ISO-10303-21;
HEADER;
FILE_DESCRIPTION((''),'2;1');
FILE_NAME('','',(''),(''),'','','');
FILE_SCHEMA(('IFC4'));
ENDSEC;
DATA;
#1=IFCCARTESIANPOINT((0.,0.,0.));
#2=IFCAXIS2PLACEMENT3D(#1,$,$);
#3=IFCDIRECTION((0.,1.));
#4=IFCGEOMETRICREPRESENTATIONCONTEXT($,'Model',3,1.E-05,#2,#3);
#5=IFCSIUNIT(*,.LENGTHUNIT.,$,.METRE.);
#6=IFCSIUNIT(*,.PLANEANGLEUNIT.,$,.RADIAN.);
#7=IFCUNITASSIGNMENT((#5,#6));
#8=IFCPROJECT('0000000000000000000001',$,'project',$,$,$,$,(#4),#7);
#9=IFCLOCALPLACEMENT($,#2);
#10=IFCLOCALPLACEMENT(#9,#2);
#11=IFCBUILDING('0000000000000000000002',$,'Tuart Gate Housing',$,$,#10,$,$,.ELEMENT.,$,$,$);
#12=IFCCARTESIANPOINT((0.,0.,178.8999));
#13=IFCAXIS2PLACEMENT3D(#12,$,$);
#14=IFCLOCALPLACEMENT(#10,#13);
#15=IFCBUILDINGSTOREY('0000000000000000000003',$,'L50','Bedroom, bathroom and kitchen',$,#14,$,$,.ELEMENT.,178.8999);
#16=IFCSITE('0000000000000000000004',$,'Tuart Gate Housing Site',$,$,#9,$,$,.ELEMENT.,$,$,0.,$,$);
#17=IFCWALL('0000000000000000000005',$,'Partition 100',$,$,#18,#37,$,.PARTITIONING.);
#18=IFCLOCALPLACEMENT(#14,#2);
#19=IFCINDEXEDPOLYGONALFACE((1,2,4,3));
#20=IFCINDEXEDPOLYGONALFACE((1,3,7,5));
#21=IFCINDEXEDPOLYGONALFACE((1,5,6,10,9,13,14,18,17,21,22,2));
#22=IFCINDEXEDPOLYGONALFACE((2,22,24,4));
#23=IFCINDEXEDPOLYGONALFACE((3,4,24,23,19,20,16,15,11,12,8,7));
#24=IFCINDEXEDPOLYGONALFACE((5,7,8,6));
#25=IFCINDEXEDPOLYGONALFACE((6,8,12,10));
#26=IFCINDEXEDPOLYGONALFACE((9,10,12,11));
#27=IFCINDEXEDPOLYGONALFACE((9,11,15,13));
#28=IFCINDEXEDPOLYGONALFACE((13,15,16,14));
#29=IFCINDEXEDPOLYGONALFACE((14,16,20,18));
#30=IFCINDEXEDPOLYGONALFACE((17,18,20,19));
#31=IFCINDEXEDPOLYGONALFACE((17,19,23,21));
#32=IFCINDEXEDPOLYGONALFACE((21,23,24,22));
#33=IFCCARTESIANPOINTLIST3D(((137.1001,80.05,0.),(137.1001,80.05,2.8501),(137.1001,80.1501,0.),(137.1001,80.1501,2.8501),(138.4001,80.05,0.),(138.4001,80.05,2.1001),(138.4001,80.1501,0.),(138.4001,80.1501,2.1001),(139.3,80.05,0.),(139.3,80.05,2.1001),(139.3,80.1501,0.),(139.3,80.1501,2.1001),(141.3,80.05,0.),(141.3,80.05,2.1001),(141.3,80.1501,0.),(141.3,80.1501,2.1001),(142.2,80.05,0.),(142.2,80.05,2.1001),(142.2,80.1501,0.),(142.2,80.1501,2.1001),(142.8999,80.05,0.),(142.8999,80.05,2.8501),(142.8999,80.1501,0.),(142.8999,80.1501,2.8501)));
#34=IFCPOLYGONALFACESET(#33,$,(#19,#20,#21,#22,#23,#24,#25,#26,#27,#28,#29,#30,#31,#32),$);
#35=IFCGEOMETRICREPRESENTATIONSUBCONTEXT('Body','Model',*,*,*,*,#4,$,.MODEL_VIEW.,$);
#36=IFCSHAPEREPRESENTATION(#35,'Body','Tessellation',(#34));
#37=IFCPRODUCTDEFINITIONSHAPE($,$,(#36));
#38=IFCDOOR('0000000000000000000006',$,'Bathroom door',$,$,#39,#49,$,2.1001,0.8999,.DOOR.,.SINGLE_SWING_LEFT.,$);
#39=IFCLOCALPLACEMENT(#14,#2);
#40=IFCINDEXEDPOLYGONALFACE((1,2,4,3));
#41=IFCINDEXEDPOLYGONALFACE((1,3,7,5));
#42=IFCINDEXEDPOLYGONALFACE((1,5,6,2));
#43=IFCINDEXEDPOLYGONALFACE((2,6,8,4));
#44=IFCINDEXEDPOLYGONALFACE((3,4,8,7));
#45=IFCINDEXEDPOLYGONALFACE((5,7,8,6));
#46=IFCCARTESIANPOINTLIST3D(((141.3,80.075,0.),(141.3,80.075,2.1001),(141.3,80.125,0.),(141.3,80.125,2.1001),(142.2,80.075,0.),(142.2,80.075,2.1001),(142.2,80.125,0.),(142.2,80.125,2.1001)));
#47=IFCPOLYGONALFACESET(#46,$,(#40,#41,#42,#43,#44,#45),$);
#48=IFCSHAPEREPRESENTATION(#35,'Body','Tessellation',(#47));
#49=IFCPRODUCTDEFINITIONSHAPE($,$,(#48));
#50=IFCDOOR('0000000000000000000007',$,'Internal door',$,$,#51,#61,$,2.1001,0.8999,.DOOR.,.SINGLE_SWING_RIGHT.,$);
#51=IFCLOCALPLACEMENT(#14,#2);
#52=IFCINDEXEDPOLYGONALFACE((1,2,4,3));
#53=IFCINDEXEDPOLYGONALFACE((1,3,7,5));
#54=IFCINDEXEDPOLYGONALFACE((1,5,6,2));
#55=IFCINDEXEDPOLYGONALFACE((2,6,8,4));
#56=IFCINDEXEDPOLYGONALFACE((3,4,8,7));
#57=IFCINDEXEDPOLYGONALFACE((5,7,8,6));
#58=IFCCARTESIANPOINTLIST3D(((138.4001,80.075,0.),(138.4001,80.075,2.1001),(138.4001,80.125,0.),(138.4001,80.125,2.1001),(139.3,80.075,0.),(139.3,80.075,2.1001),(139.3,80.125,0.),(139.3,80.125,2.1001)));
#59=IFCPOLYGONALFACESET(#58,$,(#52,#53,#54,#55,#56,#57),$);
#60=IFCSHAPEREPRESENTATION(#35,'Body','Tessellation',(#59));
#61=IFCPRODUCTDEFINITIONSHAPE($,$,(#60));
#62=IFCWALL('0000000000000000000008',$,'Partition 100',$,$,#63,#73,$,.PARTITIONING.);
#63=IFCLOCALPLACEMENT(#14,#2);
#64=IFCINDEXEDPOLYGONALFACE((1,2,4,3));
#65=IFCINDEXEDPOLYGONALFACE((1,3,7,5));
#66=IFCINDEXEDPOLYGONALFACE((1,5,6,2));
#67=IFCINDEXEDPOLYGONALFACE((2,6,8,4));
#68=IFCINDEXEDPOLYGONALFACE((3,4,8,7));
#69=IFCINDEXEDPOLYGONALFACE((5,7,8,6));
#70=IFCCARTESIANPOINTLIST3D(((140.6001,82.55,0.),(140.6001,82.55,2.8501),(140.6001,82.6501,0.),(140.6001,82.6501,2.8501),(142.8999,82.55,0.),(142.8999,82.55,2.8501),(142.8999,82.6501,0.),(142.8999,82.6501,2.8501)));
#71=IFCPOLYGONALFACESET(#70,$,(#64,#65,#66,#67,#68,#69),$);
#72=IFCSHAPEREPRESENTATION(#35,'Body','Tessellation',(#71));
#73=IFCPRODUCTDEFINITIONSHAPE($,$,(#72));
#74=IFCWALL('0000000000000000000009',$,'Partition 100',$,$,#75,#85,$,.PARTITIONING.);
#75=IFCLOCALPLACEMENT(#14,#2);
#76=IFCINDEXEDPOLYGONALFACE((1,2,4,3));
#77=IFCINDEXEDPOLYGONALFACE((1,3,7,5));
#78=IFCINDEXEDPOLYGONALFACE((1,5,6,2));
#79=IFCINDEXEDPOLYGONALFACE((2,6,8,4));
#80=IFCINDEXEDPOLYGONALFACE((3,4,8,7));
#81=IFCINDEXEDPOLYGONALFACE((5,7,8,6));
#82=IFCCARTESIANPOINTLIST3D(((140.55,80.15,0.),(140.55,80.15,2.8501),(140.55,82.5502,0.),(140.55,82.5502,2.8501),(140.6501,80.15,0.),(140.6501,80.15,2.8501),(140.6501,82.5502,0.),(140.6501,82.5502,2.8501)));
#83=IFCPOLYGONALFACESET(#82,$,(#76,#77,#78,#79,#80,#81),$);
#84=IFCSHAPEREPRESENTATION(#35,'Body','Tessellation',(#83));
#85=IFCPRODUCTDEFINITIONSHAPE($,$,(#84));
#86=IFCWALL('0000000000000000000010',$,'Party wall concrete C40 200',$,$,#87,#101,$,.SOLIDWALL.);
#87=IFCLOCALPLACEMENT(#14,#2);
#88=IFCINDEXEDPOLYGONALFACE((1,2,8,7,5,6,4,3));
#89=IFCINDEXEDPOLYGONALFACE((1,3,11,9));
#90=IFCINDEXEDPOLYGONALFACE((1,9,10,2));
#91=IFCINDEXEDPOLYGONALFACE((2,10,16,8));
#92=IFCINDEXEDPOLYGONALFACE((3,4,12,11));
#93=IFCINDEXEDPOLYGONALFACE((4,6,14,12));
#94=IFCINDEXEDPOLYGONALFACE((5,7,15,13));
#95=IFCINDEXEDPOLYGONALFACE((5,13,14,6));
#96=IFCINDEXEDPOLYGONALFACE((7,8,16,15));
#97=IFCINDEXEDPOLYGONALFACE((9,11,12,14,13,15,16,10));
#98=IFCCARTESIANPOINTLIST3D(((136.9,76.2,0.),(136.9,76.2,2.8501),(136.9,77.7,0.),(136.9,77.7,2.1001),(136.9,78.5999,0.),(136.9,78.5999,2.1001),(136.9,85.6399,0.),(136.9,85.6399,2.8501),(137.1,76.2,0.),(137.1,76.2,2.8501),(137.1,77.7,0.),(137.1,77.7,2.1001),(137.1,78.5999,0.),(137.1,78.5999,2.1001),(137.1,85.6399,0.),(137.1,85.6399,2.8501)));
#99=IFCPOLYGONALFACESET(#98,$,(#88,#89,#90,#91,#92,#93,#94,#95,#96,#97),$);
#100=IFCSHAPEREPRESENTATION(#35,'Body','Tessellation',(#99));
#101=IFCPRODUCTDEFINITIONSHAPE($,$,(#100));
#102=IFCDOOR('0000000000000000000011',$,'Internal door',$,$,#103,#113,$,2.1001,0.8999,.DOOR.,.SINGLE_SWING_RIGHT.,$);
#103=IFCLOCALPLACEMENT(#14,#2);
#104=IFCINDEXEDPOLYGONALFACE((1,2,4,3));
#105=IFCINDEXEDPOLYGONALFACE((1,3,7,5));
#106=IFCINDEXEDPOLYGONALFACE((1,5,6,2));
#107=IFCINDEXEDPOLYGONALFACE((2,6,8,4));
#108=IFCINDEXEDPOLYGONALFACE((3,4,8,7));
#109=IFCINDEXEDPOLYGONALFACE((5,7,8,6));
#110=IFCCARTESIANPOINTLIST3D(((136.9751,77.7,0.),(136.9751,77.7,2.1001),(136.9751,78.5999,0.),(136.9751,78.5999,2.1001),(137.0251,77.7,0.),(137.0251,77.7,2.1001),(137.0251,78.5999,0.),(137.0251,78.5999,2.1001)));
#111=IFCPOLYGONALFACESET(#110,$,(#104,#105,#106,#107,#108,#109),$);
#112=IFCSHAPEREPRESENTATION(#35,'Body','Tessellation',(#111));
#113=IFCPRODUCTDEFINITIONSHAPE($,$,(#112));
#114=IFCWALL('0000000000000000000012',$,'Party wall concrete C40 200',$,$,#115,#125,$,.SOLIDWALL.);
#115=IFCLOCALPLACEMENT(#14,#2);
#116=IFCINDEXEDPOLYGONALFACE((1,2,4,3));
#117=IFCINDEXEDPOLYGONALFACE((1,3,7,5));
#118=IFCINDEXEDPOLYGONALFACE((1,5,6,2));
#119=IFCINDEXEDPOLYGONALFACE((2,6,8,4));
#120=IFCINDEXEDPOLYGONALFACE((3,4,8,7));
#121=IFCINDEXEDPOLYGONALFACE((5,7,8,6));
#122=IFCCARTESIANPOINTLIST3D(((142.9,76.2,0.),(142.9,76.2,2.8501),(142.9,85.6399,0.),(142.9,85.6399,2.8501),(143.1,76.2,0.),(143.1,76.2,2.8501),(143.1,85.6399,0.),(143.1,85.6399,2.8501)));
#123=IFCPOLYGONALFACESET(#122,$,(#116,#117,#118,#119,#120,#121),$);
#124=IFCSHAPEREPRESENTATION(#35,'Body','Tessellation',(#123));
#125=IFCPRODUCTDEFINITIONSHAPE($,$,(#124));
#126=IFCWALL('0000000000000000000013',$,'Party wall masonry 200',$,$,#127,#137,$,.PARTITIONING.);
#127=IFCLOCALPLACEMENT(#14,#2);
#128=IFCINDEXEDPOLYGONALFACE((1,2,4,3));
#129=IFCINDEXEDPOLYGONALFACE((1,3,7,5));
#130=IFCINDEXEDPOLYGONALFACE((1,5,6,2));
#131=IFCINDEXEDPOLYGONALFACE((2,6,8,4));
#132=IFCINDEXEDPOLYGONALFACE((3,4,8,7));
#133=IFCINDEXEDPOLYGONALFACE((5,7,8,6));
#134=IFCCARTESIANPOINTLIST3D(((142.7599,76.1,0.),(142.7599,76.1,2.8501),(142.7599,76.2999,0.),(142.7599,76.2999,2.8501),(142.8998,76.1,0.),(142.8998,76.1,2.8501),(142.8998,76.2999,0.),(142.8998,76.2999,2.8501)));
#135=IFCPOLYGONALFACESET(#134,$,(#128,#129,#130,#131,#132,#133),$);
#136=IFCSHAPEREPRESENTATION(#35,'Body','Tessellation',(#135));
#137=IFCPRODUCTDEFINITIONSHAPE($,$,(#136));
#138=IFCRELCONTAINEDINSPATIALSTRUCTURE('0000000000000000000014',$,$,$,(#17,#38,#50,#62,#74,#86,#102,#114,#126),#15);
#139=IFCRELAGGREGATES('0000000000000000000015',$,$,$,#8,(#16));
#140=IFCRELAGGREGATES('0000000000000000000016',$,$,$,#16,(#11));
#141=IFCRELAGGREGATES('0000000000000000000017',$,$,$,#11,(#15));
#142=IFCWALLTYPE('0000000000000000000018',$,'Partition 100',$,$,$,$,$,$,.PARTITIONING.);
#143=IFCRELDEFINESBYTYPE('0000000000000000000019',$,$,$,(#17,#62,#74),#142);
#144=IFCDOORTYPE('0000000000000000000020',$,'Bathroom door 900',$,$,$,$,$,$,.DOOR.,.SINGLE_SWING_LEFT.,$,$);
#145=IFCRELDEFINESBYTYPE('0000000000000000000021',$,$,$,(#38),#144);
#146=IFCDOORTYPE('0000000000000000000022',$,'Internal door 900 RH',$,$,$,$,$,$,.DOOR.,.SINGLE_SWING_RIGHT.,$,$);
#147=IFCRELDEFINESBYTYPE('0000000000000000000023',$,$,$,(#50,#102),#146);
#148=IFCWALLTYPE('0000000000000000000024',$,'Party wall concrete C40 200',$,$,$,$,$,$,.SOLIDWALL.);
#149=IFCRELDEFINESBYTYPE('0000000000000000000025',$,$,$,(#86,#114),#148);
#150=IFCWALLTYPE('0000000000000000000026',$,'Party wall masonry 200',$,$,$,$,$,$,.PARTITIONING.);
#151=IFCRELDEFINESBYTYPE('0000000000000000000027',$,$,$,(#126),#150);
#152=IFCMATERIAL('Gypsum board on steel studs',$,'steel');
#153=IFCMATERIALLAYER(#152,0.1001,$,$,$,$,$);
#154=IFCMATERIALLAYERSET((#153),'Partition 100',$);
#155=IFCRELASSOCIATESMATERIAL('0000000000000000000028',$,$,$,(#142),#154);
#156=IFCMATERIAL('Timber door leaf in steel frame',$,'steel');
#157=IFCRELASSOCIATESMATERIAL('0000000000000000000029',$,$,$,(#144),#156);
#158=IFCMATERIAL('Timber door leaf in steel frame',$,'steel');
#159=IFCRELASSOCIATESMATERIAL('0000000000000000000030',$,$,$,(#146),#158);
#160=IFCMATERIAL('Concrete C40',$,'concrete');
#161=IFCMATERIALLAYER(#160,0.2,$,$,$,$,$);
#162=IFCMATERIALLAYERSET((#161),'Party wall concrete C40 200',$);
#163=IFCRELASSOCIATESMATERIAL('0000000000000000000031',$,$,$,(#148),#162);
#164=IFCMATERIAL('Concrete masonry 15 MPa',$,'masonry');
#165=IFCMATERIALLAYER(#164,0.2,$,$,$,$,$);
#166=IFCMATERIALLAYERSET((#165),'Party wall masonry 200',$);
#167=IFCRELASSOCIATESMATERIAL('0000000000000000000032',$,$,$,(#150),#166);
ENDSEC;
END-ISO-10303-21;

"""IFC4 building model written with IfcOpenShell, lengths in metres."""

from ifc_helpers import new_model, si_unit, direction, frame, frame_2d, origin, place, context, subcontext, project, spatial, rectangle, extrude, material, layer, layer_set, type_object, element, fill, save


model = new_model("IFC4")

# Units and contexts
model_context = context("Model", 3, precision=1e-05, world=origin(), true_north=direction((0.0, 1.0)))
body_context = subcontext(model_context, "Body", "Model", "MODEL_VIEW")
ifc_project = project(units=[si_unit("LENGTHUNIT", "METRE"), si_unit("PLANEANGLEUNIT", "RADIAN")], contexts=[model_context])

# Site, building, storey
site_placement = place(None, origin())
site = spatial("IfcSite", under=ifc_project, at=site_placement, Name="Tuart Gate Housing Site", CompositionType="ELEMENT", RefElevation=0.0)
building_placement = place(site_placement, origin())
building = spatial("IfcBuilding", under=site, at=building_placement, Name="Tuart Gate Housing", CompositionType="ELEMENT")
storey_placement = place(building_placement, frame((0.0, 0.0, 178.8999)))
storey = spatial("IfcBuildingStorey", under=building, at=storey_placement, Name="L50", Description="Bedroom, bathroom and kitchen", CompositionType="ELEMENT", Elevation=178.8999)

# Shared definitions
ifc_material_1 = material(Name="Gypsum board on steel studs", Category="steel")
ifc_layer_1 = layer(ifc_material_1, 0.1001)
ifc_layer_set_1 = layer_set([ifc_layer_1], Name="Partition 100")
wall_type_1 = type_object("IfcWallType", Name="Partition 100", PredefinedType="PARTITIONING", material=ifc_layer_set_1)

# Wall, openings, doors
wall_1_placement = place(storey_placement, frame((137.1001, 80.1001, 0.0), z_axis=(0.0, 0.0, 1.0), x_axis=(1.0, 0.0, 0.0)))
wall_1 = element("IfcWall", 1, at=wall_1_placement, inside=storey, type_object=wall_type_1, Name="Partition 100", PredefinedType="PARTITIONING", context=body_context, shape_type="SweptSolid", body=[
    extrude(rectangle(XDim=5.7998, YDim=0.1001, at=frame_2d((2.8999, 0.0))), origin(), (0.0, 0.0, 1.0), 2.8501),
])
opening_1_placement = place(wall_1_placement, frame((1.3, 0.0, 0.0)))
opening_1 = element("IfcOpeningElement", 2, at=opening_1_placement, cuts=wall_1, PredefinedType="OPENING", context=body_context, shape_type="SweptSolid", body=[
    extrude(rectangle(XDim=0.8999, YDim=2.1001, at=frame_2d((0.45, 1.05))), frame((0.0, 0.0601, 0.0), z_axis=(0.0, -1.0, 0.0), x_axis=(1.0, 0.0, 0.0)), (0.0, 0.0, 1.0), 0.1201),
])
opening_2_placement = place(wall_1_placement, frame((4.2, 0.0, 0.0)))
opening_2 = element("IfcOpeningElement", 3, at=opening_2_placement, cuts=wall_1, PredefinedType="OPENING", context=body_context, shape_type="SweptSolid", body=[
    extrude(rectangle(XDim=0.8999, YDim=2.1001, at=frame_2d((0.45, 1.05))), frame((0.0, 0.0601, 0.0), z_axis=(0.0, -1.0, 0.0), x_axis=(1.0, 0.0, 0.0)), (0.0, 0.0, 1.0), 0.1201),
])
ifc_material_2 = material(Name="Timber door leaf in steel frame", Category="steel")
door_type_1 = type_object("IfcDoorType", Name="Bathroom door 900", OperationType="SINGLE_SWING_LEFT", PredefinedType="DOOR", material=ifc_material_2)
door_1_placement = place(opening_2_placement, origin())
door_1 = element("IfcDoor", 4, at=door_1_placement, inside=storey, type_object=door_type_1, Name="Bathroom door", OperationType="SINGLE_SWING_LEFT", OverallHeight=2.1001, OverallWidth=0.8999, PredefinedType="DOOR", context=body_context, shape_type="SweptSolid", body=[
    extrude(rectangle(XDim=0.8999, YDim=2.1001, at=frame_2d((0.45, 1.05))), frame((0.0, 0.0249, 0.0), z_axis=(0.0, -1.0, 0.0), x_axis=(1.0, 0.0, 0.0)), (0.0, 0.0, 1.0), 0.05),
])
fill(opening_2, door_1)
ifc_material_3 = material(Name="Timber door leaf in steel frame", Category="steel")
door_type_2 = type_object("IfcDoorType", Name="Internal door 900 RH", OperationType="SINGLE_SWING_RIGHT", PredefinedType="DOOR", material=ifc_material_3)
door_2_placement = place(opening_1_placement, origin())
door_2 = element("IfcDoor", 5, at=door_2_placement, inside=storey, type_object=door_type_2, Name="Internal door", OperationType="SINGLE_SWING_RIGHT", OverallHeight=2.1001, OverallWidth=0.8999, PredefinedType="DOOR", context=body_context, shape_type="SweptSolid", body=[
    extrude(rectangle(XDim=0.8999, YDim=2.1001, at=frame_2d((0.45, 1.05))), frame((0.0, 0.0249, 0.0), z_axis=(0.0, -1.0, 0.0), x_axis=(1.0, 0.0, 0.0)), (0.0, 0.0, 1.0), 0.05),
])
fill(opening_1, door_2)

# Walls
wall_2_placement = place(storey_placement, frame((140.6001, 82.6001, 0.0), z_axis=(0.0, 0.0, 1.0), x_axis=(1.0, 0.0, 0.0)))
element("IfcWall", 6, at=wall_2_placement, inside=storey, type_object=wall_type_1, Name="Partition 100", PredefinedType="PARTITIONING", context=body_context, shape_type="SweptSolid", body=[
    extrude(rectangle(XDim=2.2998, YDim=0.1001, at=frame_2d((1.1499, 0.0))), origin(), (0.0, 0.0, 1.0), 2.8501),
])
wall_3_placement = place(storey_placement, frame((140.6001, 80.1499, 0.0), z_axis=(0.0, 0.0, 1.0), x_axis=(0.0, 1.0, 0.0)))
element("IfcWall", 7, at=wall_3_placement, inside=storey, type_object=wall_type_1, Name="Partition 100", PredefinedType="PARTITIONING", context=body_context, shape_type="SweptSolid", body=[
    extrude(rectangle(XDim=2.4001, YDim=0.1001, at=frame_2d((1.2002, 0.0))), origin(), (0.0, 0.0, 1.0), 2.8501),
])

# Wall, opening, door
ifc_material_4 = material(Name="Concrete C40", Category="concrete")
ifc_layer_2 = layer(ifc_material_4, 0.2)
ifc_layer_set_2 = layer_set([ifc_layer_2], Name="Party wall concrete C40 200")
wall_type_2 = type_object("IfcWallType", Name="Party wall concrete C40 200", PredefinedType="SOLIDWALL", material=ifc_layer_set_2)
wall_4_placement = place(storey_placement, frame((137.0, 76.2, 0.0), z_axis=(0.0, 0.0, 1.0), x_axis=(0.0, 1.0, 0.0)))
wall_4 = element("IfcWall", 8, at=wall_4_placement, inside=storey, type_object=wall_type_2, Name="Party wall concrete C40 200", PredefinedType="SOLIDWALL", context=body_context, shape_type="SweptSolid", body=[
    extrude(rectangle(XDim=9.4399, YDim=0.2, at=frame_2d((4.72, 0.0))), origin(), (0.0, 0.0, 1.0), 2.8501),
])
opening_3_placement = place(wall_4_placement, frame((1.5, 0.0, 0.0)))
opening_3 = element("IfcOpeningElement", 9, at=opening_3_placement, cuts=wall_4, PredefinedType="OPENING", context=body_context, shape_type="SweptSolid", body=[
    extrude(rectangle(XDim=0.8999, YDim=2.1001, at=frame_2d((0.45, 1.05))), frame((0.0, 0.1099, 0.0), z_axis=(0.0, -1.0, 0.0), x_axis=(1.0, 0.0, 0.0)), (0.0, 0.0, 1.0), 0.22),
])
door_3_placement = place(opening_3_placement, frame((0.8999, 0.0, 0.0), z_axis=(0.0, 0.0, 1.0), x_axis=(-1.0, 0.0, 0.0)))
door_3 = element("IfcDoor", 10, at=door_3_placement, inside=storey, type_object=door_type_2, Name="Internal door", OperationType="SINGLE_SWING_RIGHT", OverallHeight=2.1001, OverallWidth=0.8999, PredefinedType="DOOR", context=body_context, shape_type="SweptSolid", body=[
    extrude(rectangle(XDim=0.8999, YDim=2.1001, at=frame_2d((0.45, 1.05))), frame((0.0, 0.0251, 0.0), z_axis=(0.0, -1.0, 0.0), x_axis=(1.0, 0.0, 0.0)), (0.0, 0.0, 1.0), 0.05),
])
fill(opening_3, door_3)

# Walls
wall_5_placement = place(storey_placement, frame((143.0, 76.2, 0.0), z_axis=(0.0, 0.0, 1.0), x_axis=(0.0, 1.0, 0.0)))
element("IfcWall", 11, at=wall_5_placement, inside=storey, type_object=wall_type_2, Name="Party wall concrete C40 200", PredefinedType="SOLIDWALL", context=body_context, shape_type="SweptSolid", body=[
    extrude(rectangle(XDim=9.4399, YDim=0.2, at=frame_2d((4.72, 0.0))), origin(), (0.0, 0.0, 1.0), 2.8501),
])
ifc_material_5 = material(Name="Concrete masonry 15 MPa", Category="masonry")
ifc_layer_3 = layer(ifc_material_5, 0.2)
ifc_layer_set_3 = layer_set([ifc_layer_3], Name="Party wall masonry 200")
wall_type_3 = type_object("IfcWallType", Name="Party wall masonry 200", PredefinedType="PARTITIONING", material=ifc_layer_set_3)
wall_6_placement = place(storey_placement, frame((142.76, 76.2, 0.0), z_axis=(0.0, 0.0, 1.0), x_axis=(1.0, 0.0, 0.0)))
element("IfcWall", 12, at=wall_6_placement, inside=storey, type_object=wall_type_3, Name="Party wall masonry 200", PredefinedType="PARTITIONING", context=body_context, shape_type="SweptSolid", body=[
    extrude(rectangle(XDim=0.1399, YDim=0.2, at=frame_2d((0.0698, 0.0))), origin(), (0.0, 0.0, 1.0), 2.8501),
])

save(model, "model.ifc")
